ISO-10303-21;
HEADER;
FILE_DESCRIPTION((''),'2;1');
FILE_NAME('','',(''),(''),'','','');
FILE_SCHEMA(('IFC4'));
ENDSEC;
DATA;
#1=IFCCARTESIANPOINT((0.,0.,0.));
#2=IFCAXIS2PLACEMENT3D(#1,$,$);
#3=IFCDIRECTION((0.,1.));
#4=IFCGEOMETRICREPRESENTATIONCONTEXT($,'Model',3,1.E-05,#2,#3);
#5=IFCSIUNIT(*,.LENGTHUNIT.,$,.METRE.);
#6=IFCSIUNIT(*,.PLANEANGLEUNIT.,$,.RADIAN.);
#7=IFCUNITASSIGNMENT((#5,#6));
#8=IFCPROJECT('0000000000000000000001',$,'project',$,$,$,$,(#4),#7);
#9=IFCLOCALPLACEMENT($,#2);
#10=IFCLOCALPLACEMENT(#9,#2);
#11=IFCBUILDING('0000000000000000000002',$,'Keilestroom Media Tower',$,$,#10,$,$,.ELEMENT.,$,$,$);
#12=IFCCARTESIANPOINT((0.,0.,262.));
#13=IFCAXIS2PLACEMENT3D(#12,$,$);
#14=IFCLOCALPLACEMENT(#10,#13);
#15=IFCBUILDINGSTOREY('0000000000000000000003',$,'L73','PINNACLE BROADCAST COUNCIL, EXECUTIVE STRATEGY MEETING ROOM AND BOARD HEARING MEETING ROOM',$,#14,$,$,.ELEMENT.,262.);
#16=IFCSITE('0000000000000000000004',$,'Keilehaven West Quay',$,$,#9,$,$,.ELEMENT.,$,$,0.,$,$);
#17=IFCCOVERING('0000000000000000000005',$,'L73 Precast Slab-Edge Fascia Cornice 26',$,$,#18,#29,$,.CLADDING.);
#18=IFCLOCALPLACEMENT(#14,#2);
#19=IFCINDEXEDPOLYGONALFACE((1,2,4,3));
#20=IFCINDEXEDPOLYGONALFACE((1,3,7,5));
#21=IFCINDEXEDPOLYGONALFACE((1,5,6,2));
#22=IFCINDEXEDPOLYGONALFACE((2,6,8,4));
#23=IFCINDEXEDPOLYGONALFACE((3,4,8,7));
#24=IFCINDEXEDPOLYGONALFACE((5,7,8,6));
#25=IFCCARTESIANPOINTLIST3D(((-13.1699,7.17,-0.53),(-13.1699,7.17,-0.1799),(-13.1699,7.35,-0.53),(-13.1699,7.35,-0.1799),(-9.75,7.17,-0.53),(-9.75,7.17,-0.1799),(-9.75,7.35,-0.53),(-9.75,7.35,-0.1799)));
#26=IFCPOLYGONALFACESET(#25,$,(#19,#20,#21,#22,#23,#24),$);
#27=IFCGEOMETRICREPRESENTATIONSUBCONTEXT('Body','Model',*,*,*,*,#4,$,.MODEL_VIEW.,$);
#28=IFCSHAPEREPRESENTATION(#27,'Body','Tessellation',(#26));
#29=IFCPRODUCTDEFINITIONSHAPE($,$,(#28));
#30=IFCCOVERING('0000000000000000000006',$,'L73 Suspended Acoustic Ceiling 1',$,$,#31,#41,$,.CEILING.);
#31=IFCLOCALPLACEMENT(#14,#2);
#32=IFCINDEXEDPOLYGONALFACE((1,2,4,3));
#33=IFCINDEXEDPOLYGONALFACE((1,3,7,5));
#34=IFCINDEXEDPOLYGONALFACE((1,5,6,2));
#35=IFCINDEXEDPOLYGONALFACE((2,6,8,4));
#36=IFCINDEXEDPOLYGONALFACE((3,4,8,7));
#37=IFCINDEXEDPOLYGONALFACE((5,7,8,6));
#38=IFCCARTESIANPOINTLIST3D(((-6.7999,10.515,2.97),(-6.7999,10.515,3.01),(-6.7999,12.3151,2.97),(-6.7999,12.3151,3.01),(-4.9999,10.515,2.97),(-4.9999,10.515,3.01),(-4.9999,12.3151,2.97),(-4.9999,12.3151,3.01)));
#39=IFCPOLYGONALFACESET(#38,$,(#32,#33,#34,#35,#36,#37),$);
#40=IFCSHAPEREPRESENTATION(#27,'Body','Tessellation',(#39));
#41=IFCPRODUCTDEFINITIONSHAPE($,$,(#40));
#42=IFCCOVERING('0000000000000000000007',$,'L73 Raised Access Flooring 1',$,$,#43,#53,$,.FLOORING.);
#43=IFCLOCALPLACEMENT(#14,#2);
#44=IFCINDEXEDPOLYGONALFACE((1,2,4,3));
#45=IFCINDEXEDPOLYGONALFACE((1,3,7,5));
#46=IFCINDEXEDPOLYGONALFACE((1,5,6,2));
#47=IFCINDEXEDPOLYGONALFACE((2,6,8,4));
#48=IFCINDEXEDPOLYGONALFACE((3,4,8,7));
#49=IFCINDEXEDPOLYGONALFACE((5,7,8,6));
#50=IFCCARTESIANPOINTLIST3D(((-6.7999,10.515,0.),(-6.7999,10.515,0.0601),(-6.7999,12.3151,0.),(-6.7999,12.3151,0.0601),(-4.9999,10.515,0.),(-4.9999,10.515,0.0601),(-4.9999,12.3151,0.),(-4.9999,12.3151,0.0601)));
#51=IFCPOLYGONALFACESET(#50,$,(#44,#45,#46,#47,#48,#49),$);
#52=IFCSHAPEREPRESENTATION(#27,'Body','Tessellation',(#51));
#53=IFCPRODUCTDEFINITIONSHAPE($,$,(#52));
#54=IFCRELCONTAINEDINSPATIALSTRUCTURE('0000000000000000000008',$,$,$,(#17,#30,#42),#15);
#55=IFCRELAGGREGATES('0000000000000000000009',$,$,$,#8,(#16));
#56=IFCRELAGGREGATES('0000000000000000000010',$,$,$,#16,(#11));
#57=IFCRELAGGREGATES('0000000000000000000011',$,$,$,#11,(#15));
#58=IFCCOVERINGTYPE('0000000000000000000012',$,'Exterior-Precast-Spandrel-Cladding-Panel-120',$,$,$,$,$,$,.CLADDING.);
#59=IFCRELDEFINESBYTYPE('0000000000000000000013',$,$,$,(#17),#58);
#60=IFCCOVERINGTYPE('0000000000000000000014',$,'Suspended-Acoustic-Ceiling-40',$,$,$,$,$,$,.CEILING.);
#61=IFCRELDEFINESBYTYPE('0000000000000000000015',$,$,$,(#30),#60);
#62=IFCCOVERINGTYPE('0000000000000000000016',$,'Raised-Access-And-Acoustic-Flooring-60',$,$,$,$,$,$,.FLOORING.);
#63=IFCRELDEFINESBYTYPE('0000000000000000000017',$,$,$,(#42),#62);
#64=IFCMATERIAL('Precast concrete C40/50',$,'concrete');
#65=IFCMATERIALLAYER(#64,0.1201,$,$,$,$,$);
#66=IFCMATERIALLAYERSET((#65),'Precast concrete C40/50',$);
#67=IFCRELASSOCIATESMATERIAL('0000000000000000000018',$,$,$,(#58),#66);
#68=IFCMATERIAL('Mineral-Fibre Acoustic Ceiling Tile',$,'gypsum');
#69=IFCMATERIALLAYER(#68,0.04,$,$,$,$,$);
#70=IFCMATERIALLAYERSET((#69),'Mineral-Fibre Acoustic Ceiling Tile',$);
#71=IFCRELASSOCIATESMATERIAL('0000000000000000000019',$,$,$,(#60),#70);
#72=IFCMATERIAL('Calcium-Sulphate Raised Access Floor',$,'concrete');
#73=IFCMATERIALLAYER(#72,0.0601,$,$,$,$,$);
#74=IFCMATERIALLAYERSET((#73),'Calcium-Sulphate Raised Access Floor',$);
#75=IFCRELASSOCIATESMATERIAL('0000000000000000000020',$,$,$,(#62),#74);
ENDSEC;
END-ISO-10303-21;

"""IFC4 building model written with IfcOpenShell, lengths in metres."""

from ifc_helpers import new_model, si_unit, direction, frame, origin, origin_2d, place, context, subcontext, project, spatial, rectangle, extrude, source, transform, mapped, material, layer, layer_set, type_object, element, save


model = new_model("IFC4")

# Units and contexts
model_context = context("Model", 3, precision=1e-05, world=origin(), true_north=direction((0.0, 1.0)))
body_context = subcontext(model_context, "Body", "Model", "MODEL_VIEW")
ifc_project = project(units=[si_unit("LENGTHUNIT", "METRE"), si_unit("PLANEANGLEUNIT", "RADIAN")], contexts=[model_context])

# Site, building, storey
site_placement = place(None, origin())
site = spatial("IfcSite", under=ifc_project, at=site_placement, Name="Keilehaven West Quay", CompositionType="ELEMENT", RefElevation=0.0)
building_placement = place(site_placement, origin())
building = spatial("IfcBuilding", under=site, at=building_placement, Name="Keilestroom Media Tower", CompositionType="ELEMENT")
storey_placement = place(building_placement, frame((0.0, 0.0, 262.0)))
storey = spatial("IfcBuildingStorey", under=building, at=storey_placement, Name="L73", Description="PINNACLE BROADCAST COUNCIL, EXECUTIVE STRATEGY MEETING ROOM AND BOARD HEARING MEETING ROOM", CompositionType="ELEMENT", Elevation=262.0)

# Shared definitions
ifc_material_1 = material(Name="Precast concrete C40/50", Category="concrete")

# Coverings
ifc_layer_1 = layer(ifc_material_1, 0.1201)
ifc_layer_set_1 = layer_set([ifc_layer_1], Name="Precast concrete C40/50")
covering_type_1 = type_object("IfcCoveringType", Name="Exterior-Precast-Spandrel-Cladding-Panel-120", PredefinedType="CLADDING", material=ifc_layer_set_1)
shared_shape_1 = source(origin(), body_context, "Body", "SweptSolid", [
    extrude(rectangle(XDim=3.4199, YDim=0.1799, at=origin_2d()), origin(), (0.0, 0.0, 1.0), 0.3501),
])
covering_1_placement = place(storey_placement, frame((-11.46, 7.26, -0.53), z_axis=(0.0, 0.0, 1.0), x_axis=(1.0, 0.0, 0.0)))
element("IfcCovering", 1, at=covering_1_placement, inside=storey, type_object=covering_type_1, Name="L73 Precast Slab-Edge Fascia Cornice 26", PredefinedType="CLADDING", context=body_context, shape_type="MappedRepresentation", body=[
    mapped(shared_shape_1, transform((0.0, 0.0, 0.0), x_axis=(1.0, 0.0, 0.0), y_axis=(0.0, 1.0, 0.0), z_axis=(0.0, 0.0, 1.0), scale=1.0)),
])
ifc_material_2 = material(Name="Mineral-Fibre Acoustic Ceiling Tile", Category="gypsum")
ifc_layer_2 = layer(ifc_material_2, 0.04)
ifc_layer_set_2 = layer_set([ifc_layer_2], Name="Mineral-Fibre Acoustic Ceiling Tile")
covering_type_2 = type_object("IfcCoveringType", Name="Suspended-Acoustic-Ceiling-40", PredefinedType="CEILING", material=ifc_layer_set_2)
shared_shape_2 = source(origin(), body_context, "Body", "SweptSolid", [
    extrude(rectangle(XDim=1.8, YDim=1.8, at=origin_2d()), origin(), (0.0, 0.0, 1.0), 0.04),
])
covering_2_placement = place(storey_placement, frame((-5.8999, 11.415, 2.97), z_axis=(0.0, 0.0, 1.0), x_axis=(1.0, 0.0, 0.0)))
element("IfcCovering", 2, at=covering_2_placement, inside=storey, type_object=covering_type_2, Name="L73 Suspended Acoustic Ceiling 1", PredefinedType="CEILING", context=body_context, shape_type="MappedRepresentation", body=[
    mapped(shared_shape_2, transform((0.0, 0.0, 0.0), x_axis=(1.0, 0.0, 0.0), y_axis=(0.0, 1.0, 0.0), z_axis=(0.0, 0.0, 1.0), scale=1.0)),
])
ifc_material_3 = material(Name="Calcium-Sulphate Raised Access Floor", Category="concrete")
ifc_layer_3 = layer(ifc_material_3, 0.0601)
ifc_layer_set_3 = layer_set([ifc_layer_3], Name="Calcium-Sulphate Raised Access Floor")
covering_type_3 = type_object("IfcCoveringType", Name="Raised-Access-And-Acoustic-Flooring-60", PredefinedType="FLOORING", material=ifc_layer_set_3)
shared_shape_3 = source(origin(), body_context, "Body", "SweptSolid", [
    extrude(rectangle(XDim=1.8, YDim=1.8, at=origin_2d()), origin(), (0.0, 0.0, 1.0), 0.0601),
])
covering_3_placement = place(storey_placement, frame((-5.8999, 11.415, 0.0), z_axis=(0.0, 0.0, 1.0), x_axis=(1.0, 0.0, 0.0)))
element("IfcCovering", 3, at=covering_3_placement, inside=storey, type_object=covering_type_3, Name="L73 Raised Access Flooring 1", PredefinedType="FLOORING", context=body_context, shape_type="MappedRepresentation", body=[
    mapped(shared_shape_3, transform((0.0, 0.0, 0.0), x_axis=(1.0, 0.0, 0.0), y_axis=(0.0, 1.0, 0.0), z_axis=(0.0, 0.0, 1.0), scale=1.0)),
])

save(model, "model.ifc")
